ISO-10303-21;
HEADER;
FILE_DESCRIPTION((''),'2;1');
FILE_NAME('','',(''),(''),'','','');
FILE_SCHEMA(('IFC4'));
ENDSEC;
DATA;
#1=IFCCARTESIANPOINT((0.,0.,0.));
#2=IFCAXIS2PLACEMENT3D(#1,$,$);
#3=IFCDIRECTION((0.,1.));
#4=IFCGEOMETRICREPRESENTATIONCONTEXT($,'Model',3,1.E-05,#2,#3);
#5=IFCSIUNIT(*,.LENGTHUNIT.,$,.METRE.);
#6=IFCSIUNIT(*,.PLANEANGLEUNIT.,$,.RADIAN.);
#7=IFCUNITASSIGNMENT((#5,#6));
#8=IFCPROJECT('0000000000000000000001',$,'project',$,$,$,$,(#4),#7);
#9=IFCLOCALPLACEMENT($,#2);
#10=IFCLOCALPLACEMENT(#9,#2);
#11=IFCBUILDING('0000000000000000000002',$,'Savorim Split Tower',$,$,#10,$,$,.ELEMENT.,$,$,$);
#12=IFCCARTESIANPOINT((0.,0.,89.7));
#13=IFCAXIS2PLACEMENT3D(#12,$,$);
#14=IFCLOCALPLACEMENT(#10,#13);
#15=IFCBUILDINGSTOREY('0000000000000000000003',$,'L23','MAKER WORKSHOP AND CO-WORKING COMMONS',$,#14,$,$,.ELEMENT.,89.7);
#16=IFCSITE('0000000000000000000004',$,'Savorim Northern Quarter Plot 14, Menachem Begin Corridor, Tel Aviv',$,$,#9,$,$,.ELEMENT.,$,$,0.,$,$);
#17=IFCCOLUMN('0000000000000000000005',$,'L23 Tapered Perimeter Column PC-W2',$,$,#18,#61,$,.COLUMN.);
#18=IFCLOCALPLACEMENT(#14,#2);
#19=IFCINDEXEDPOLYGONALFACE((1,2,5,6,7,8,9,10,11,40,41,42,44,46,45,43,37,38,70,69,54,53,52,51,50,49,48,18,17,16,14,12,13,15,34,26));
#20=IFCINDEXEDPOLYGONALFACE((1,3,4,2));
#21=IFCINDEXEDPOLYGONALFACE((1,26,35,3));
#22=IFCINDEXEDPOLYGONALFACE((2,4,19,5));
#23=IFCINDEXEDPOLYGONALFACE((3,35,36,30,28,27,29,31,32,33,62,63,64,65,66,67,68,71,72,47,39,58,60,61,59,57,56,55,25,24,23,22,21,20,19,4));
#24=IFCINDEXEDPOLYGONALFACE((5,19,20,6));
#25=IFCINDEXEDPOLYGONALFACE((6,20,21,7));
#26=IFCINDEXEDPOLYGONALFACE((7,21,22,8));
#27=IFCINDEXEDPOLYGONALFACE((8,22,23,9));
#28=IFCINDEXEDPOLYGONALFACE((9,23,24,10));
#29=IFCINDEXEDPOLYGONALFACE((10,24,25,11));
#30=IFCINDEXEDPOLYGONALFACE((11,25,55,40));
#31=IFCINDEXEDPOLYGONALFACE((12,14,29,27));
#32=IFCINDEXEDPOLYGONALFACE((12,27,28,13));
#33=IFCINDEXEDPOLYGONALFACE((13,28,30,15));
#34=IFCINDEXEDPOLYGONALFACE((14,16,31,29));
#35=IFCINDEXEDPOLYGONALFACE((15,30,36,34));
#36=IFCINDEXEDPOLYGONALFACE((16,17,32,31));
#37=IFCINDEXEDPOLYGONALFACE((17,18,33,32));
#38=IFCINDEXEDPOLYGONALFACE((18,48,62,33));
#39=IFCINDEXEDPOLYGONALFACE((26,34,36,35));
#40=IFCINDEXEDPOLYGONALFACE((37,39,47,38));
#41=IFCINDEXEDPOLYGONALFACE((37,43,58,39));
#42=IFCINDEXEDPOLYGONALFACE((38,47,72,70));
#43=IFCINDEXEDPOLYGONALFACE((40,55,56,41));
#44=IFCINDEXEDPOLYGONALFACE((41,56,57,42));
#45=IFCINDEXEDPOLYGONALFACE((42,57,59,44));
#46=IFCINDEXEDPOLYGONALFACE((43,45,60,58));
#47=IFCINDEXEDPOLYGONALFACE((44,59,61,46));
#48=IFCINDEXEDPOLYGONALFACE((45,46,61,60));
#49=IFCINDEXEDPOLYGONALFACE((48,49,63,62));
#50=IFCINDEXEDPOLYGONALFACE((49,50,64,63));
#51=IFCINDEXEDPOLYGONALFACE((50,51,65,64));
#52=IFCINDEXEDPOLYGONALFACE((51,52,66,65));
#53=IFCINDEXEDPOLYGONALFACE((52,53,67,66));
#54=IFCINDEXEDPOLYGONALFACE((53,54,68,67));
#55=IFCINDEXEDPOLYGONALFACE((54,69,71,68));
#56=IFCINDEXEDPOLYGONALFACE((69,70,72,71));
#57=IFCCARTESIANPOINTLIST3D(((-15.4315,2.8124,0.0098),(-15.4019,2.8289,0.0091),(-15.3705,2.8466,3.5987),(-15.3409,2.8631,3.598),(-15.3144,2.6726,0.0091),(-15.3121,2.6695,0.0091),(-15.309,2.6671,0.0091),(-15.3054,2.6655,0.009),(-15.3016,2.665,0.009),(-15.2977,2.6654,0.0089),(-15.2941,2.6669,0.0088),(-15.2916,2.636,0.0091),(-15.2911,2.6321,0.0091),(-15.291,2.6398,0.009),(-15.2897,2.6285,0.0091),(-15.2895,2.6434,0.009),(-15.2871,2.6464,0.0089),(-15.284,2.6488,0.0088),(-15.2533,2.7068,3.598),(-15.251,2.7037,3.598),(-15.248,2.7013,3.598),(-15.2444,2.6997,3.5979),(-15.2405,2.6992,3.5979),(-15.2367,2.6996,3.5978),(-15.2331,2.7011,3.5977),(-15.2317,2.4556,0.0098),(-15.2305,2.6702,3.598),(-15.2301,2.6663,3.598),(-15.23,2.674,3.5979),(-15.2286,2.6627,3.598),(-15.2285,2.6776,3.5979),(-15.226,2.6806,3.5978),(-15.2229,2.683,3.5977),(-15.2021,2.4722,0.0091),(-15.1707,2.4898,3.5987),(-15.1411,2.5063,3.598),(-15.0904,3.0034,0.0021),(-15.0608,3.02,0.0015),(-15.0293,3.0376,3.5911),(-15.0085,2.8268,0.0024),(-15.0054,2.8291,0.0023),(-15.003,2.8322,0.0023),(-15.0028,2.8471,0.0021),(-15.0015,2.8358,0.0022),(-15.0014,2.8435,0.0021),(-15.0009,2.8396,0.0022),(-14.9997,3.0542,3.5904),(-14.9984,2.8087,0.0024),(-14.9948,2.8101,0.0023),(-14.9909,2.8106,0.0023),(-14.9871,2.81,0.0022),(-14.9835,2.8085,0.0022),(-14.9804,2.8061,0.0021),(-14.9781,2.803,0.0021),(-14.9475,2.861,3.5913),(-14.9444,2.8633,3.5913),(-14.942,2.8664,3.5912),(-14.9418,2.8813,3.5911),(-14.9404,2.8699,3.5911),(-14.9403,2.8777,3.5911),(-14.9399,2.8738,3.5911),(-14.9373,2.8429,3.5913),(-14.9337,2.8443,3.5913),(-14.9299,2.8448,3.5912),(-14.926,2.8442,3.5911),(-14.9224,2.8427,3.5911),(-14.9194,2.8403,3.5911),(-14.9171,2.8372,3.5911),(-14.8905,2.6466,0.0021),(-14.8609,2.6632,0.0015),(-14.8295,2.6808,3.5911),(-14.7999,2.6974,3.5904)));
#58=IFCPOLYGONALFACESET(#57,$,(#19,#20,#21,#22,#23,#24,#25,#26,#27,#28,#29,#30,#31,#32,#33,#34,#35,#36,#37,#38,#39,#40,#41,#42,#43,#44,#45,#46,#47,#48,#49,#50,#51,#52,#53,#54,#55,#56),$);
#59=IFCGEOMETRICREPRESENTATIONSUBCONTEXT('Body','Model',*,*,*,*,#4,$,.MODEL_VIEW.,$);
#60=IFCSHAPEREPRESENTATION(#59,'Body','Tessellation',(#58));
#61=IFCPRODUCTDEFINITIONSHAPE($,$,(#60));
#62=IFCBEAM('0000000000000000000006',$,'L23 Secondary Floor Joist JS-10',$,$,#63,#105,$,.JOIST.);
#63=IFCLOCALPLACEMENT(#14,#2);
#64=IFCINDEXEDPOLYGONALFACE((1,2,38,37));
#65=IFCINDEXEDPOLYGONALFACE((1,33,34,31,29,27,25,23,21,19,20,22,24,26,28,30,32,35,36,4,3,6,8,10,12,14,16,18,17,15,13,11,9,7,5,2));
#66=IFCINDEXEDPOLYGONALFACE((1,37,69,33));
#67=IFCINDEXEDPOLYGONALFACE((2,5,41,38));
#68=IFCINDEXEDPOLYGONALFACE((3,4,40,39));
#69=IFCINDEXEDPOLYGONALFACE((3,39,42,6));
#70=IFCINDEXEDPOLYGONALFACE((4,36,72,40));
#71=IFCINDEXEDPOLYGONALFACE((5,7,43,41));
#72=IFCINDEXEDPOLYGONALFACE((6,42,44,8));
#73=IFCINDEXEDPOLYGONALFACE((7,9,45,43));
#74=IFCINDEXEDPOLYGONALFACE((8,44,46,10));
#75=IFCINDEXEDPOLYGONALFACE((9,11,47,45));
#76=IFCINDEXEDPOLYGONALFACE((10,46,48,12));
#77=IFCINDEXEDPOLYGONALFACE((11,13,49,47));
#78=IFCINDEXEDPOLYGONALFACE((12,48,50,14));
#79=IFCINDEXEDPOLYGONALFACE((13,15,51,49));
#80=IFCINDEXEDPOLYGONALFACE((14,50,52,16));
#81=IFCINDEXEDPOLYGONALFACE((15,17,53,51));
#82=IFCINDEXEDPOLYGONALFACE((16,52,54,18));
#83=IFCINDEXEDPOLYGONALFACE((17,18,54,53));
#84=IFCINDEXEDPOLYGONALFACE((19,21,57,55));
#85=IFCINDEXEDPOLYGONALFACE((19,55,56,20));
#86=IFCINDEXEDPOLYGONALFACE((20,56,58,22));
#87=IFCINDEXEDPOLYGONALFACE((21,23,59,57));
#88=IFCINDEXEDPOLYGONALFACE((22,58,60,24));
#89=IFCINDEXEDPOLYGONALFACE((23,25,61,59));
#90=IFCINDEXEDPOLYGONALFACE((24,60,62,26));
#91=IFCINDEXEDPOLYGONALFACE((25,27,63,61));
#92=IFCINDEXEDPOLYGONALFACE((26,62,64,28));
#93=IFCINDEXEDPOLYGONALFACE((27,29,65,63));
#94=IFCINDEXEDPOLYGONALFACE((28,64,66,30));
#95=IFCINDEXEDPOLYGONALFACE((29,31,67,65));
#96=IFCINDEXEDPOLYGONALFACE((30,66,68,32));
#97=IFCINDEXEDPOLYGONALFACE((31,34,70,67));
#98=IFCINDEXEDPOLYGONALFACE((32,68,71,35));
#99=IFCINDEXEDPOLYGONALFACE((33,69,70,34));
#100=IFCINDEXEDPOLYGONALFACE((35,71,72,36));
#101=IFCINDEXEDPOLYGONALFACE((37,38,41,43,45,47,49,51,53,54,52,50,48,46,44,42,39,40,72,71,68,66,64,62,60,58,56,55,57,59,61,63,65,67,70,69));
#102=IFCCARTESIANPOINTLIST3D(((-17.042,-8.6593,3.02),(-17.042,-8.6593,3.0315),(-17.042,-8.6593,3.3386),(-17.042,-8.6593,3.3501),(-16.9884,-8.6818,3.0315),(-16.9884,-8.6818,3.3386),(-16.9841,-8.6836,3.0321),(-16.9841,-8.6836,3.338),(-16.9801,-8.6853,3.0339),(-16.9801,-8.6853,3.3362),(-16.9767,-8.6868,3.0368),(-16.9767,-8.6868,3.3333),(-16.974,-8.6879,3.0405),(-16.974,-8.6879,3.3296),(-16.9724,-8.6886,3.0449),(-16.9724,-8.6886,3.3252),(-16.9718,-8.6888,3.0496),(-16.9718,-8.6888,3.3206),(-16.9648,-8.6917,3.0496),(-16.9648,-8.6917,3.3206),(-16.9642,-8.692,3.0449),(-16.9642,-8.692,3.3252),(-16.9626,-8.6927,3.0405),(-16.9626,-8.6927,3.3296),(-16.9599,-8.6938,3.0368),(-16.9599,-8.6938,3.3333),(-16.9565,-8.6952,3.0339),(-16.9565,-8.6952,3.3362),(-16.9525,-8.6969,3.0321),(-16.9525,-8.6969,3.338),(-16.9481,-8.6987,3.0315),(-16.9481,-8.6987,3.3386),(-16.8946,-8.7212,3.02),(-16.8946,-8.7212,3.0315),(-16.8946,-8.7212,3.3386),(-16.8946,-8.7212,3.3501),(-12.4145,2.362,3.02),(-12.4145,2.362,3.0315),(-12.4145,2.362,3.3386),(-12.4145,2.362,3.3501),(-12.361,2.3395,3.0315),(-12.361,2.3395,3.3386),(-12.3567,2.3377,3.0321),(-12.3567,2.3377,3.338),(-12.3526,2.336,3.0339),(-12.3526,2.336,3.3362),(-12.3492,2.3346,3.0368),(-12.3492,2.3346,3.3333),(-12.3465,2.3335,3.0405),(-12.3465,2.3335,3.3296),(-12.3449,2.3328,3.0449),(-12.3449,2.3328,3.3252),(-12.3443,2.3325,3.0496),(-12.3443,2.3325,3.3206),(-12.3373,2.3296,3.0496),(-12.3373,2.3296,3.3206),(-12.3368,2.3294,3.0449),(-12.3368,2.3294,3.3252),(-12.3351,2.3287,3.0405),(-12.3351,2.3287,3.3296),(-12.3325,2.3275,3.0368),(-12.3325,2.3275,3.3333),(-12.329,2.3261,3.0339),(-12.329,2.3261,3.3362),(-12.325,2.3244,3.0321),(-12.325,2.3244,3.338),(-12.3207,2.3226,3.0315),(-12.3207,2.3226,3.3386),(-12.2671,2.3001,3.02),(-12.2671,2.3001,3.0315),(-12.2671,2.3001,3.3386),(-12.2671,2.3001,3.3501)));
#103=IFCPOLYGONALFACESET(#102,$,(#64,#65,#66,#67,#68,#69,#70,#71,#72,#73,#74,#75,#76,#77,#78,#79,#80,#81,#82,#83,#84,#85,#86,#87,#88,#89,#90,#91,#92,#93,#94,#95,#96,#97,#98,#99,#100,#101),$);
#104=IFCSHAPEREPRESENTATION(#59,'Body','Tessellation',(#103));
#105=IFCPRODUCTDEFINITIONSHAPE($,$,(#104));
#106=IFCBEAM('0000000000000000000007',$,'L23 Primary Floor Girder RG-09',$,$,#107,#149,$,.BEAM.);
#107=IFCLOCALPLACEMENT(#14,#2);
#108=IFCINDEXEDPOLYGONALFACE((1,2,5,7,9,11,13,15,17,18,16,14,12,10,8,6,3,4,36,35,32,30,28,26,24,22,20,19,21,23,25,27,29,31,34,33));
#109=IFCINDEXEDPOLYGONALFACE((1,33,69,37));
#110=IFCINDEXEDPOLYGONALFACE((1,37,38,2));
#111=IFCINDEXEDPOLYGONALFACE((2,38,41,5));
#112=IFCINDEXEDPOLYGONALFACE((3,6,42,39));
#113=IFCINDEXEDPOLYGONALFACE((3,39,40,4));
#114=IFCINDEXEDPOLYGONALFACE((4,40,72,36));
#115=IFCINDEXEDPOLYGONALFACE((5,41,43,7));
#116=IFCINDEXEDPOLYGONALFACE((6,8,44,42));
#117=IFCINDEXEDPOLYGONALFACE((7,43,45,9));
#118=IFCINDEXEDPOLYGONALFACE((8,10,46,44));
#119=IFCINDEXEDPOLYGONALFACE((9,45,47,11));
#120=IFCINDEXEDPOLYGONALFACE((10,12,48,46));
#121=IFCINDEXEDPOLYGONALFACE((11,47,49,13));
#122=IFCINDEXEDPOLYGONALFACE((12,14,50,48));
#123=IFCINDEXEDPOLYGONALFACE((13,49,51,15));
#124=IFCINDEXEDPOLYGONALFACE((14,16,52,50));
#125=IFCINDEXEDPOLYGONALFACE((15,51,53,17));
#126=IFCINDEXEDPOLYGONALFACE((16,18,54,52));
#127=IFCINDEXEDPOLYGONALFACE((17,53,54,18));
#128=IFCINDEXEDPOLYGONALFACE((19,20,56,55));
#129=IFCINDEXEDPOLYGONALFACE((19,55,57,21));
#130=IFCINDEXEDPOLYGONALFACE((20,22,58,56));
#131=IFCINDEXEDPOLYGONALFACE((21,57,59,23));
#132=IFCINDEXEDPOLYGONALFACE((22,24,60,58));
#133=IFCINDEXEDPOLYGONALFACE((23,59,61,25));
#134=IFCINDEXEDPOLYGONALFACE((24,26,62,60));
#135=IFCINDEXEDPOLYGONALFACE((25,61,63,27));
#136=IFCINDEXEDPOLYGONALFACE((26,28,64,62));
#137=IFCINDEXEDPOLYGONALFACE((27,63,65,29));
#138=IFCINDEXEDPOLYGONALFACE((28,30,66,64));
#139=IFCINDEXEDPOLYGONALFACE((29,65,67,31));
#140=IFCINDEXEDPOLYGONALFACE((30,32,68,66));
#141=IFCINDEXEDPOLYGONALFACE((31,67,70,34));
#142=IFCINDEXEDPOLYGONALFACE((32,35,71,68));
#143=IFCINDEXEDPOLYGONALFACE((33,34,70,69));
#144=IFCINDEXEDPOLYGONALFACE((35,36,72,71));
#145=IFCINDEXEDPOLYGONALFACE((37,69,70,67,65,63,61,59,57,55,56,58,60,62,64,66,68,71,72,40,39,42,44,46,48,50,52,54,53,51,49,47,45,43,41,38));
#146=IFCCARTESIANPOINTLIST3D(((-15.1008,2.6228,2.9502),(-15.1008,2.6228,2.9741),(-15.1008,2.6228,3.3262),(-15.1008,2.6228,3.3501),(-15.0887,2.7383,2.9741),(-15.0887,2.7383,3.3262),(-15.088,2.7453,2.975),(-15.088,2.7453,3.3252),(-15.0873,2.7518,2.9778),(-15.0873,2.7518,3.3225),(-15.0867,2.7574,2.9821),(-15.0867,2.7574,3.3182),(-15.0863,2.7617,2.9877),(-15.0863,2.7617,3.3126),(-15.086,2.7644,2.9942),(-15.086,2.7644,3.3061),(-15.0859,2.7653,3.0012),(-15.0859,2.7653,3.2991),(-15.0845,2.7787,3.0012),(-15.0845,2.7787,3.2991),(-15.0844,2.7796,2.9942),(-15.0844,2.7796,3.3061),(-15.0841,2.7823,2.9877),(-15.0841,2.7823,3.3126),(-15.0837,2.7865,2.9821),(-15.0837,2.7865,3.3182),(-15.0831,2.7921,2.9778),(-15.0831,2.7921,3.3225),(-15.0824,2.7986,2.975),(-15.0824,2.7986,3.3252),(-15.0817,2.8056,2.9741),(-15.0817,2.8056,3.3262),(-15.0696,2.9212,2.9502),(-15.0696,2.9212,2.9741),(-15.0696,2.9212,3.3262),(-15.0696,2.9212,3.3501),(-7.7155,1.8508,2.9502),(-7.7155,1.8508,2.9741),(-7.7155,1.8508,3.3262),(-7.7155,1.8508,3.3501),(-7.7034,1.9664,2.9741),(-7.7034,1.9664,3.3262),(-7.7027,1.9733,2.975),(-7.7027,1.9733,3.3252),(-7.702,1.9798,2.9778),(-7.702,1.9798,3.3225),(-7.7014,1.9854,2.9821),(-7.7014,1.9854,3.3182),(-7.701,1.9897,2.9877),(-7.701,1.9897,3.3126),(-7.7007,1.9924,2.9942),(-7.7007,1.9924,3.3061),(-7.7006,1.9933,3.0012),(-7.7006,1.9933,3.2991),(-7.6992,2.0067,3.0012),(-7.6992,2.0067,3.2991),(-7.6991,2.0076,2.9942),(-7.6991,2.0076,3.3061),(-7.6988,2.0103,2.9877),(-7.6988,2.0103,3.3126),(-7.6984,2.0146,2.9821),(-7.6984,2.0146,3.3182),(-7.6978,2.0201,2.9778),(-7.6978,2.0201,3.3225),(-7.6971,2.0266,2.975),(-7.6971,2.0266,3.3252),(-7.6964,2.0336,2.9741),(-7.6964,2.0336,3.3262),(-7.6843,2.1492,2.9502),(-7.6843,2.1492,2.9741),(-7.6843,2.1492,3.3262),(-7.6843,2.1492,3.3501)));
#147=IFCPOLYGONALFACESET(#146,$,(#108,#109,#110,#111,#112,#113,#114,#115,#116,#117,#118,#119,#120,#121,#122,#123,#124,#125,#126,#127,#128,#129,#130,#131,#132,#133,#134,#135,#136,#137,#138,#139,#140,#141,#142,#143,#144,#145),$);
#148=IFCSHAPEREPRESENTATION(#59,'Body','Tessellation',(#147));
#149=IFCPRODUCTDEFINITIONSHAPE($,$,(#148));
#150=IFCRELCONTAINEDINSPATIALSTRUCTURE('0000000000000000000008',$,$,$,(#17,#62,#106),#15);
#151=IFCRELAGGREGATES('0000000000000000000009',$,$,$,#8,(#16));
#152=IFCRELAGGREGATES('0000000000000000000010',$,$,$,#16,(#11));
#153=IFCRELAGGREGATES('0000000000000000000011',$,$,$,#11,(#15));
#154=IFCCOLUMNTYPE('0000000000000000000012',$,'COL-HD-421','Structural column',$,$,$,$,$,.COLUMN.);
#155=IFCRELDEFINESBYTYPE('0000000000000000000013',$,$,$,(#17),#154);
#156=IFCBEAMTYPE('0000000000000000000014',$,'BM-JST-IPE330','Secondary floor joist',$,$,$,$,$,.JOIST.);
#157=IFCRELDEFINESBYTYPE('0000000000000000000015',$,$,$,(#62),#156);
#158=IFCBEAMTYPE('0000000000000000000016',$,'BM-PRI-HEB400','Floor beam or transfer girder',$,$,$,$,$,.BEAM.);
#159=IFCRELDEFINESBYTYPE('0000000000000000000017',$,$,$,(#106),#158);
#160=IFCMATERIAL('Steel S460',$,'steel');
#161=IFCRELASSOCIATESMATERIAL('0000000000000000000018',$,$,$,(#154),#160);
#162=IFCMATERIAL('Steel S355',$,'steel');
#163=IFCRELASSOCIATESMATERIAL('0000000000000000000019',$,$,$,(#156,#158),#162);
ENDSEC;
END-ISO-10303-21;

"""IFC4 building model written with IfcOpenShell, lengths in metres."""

from ifc_helpers import new_model, si_unit, direction, frame, origin, origin_2d, place, context, subcontext, project, spatial, i_section, extrude, material, material_profile, profile_set, type_object, element, save


model = new_model("IFC4")

# Units and contexts
model_context = context("Model", 3, precision=1e-05, world=origin(), true_north=direction((0.0, 1.0)))
body_context = subcontext(model_context, "Body", "Model", "MODEL_VIEW")
ifc_project = project(units=[si_unit("LENGTHUNIT", "METRE"), si_unit("PLANEANGLEUNIT", "RADIAN")], contexts=[model_context])

# Site, building, storey
site_placement = place(None, origin())
site = spatial("IfcSite", under=ifc_project, at=site_placement, Name="Savorim Northern Quarter Plot 14, Menachem Begin Corridor, Tel Aviv", CompositionType="ELEMENT", RefElevation=0.0)
building_placement = place(site_placement, origin())
building = spatial("IfcBuilding", under=site, at=building_placement, Name="Savorim Split Tower", CompositionType="ELEMENT")
storey_placement = place(building_placement, frame((0.0, 0.0, 89.7)))
storey = spatial("IfcBuildingStorey", under=building, at=storey_placement, Name="L23", Description="MAKER WORKSHOP AND CO-WORKING COMMONS", CompositionType="ELEMENT", Elevation=89.7)

# Column
ifc_material_1 = material(Name="Steel S460", Category="steel")
ifc_material_profile_1 = material_profile(ifc_material_1, i_section(OverallWidth=0.4089, OverallDepth=0.425, WebThickness=0.0208, FlangeThickness=0.0339, FilletRadius=0.0149, at=origin_2d()), Name="HD 400x421")
ifc_profile_set_1 = profile_set([ifc_material_profile_1], Name="Steel S460")
column_type = type_object("IfcColumnType", Name="COL-HD-421", Description="Structural column", PredefinedType="COLUMN", material=ifc_profile_set_1)
column_placement = place(storey_placement, frame((-15.1462, 2.7378, 0.0056), z_axis=(0.017004, 0.009522, 0.99981), x_axis=(-0.488603, 0.872506, 0.0)))
element("IfcColumn", 1, at=column_placement, inside=storey, type_object=column_type, Name="L23 Tapered Perimeter Column PC-W2", PredefinedType="COLUMN", context=body_context, shape_type="SweptSolid", body=[
    extrude(i_section(OverallWidth=0.4089, OverallDepth=0.425, WebThickness=0.0208, FlangeThickness=0.0339, FilletRadius=0.0149, at=origin_2d()), origin(), (0.0, 0.0, 1.0), 3.5896),
])

# Beams
ifc_material_2 = material(Name="Steel S355", Category="steel")
ifc_material_profile_2 = material_profile(ifc_material_2, i_section(OverallWidth=0.1599, OverallDepth=0.3301, WebThickness=0.0076, FlangeThickness=0.0115, FilletRadius=0.0181, at=origin_2d()), Name="IPE 330")
ifc_profile_set_2 = profile_set([ifc_material_profile_2], Name="Steel S355")
beam_type_1 = type_object("IfcBeamType", Name="BM-JST-IPE330", Description="Secondary floor joist", PredefinedType="JOIST", material=ifc_profile_set_2)
beam_1_placement = place(storey_placement, frame((-12.3408, 2.3311, 3.1851), z_axis=(-0.387127, -0.922026, 0.0), x_axis=(0.922026, -0.387127, 0.0)))
element("IfcBeam", 2, at=beam_1_placement, inside=storey, type_object=beam_type_1, Name="L23 Secondary Floor Joist JS-10", PredefinedType="JOIST", context=body_context, shape_type="SweptSolid", body=[
    extrude(i_section(OverallWidth=0.1599, OverallDepth=0.3301, WebThickness=0.0076, FlangeThickness=0.0115, FilletRadius=0.0181, at=origin_2d()), origin(), (0.0, 0.0, 1.0), 11.9534),
])
ifc_material_profile_3 = material_profile(ifc_material_2, i_section(OverallWidth=0.3, OverallDepth=0.3999, WebThickness=0.0134, FlangeThickness=0.0239, FilletRadius=0.0271, at=origin_2d()), Name="HEB 400")
ifc_profile_set_3 = profile_set([ifc_material_profile_3], Name="Steel S355")
beam_type_2 = type_object("IfcBeamType", Name="BM-PRI-HEB400", Description="Floor beam or transfer girder", PredefinedType="BEAM", material=ifc_profile_set_3)
beam_2_placement = place(storey_placement, frame((-15.0852, 2.772, 3.1501), z_axis=(0.994581, -0.103963, 0.0), x_axis=(0.103963, 0.994581, 0.0)))
element("IfcBeam", 3, at=beam_2_placement, inside=storey, type_object=beam_type_2, Name="L23 Primary Floor Girder RG-09", PredefinedType="BEAM", context=body_context, shape_type="SweptSolid", body=[
    extrude(i_section(OverallWidth=0.3, OverallDepth=0.3999, WebThickness=0.0134, FlangeThickness=0.0239, FilletRadius=0.0271, at=origin_2d()), origin(), (0.0, 0.0, 1.0), 7.4255),
])

save(model, "model.ifc")
